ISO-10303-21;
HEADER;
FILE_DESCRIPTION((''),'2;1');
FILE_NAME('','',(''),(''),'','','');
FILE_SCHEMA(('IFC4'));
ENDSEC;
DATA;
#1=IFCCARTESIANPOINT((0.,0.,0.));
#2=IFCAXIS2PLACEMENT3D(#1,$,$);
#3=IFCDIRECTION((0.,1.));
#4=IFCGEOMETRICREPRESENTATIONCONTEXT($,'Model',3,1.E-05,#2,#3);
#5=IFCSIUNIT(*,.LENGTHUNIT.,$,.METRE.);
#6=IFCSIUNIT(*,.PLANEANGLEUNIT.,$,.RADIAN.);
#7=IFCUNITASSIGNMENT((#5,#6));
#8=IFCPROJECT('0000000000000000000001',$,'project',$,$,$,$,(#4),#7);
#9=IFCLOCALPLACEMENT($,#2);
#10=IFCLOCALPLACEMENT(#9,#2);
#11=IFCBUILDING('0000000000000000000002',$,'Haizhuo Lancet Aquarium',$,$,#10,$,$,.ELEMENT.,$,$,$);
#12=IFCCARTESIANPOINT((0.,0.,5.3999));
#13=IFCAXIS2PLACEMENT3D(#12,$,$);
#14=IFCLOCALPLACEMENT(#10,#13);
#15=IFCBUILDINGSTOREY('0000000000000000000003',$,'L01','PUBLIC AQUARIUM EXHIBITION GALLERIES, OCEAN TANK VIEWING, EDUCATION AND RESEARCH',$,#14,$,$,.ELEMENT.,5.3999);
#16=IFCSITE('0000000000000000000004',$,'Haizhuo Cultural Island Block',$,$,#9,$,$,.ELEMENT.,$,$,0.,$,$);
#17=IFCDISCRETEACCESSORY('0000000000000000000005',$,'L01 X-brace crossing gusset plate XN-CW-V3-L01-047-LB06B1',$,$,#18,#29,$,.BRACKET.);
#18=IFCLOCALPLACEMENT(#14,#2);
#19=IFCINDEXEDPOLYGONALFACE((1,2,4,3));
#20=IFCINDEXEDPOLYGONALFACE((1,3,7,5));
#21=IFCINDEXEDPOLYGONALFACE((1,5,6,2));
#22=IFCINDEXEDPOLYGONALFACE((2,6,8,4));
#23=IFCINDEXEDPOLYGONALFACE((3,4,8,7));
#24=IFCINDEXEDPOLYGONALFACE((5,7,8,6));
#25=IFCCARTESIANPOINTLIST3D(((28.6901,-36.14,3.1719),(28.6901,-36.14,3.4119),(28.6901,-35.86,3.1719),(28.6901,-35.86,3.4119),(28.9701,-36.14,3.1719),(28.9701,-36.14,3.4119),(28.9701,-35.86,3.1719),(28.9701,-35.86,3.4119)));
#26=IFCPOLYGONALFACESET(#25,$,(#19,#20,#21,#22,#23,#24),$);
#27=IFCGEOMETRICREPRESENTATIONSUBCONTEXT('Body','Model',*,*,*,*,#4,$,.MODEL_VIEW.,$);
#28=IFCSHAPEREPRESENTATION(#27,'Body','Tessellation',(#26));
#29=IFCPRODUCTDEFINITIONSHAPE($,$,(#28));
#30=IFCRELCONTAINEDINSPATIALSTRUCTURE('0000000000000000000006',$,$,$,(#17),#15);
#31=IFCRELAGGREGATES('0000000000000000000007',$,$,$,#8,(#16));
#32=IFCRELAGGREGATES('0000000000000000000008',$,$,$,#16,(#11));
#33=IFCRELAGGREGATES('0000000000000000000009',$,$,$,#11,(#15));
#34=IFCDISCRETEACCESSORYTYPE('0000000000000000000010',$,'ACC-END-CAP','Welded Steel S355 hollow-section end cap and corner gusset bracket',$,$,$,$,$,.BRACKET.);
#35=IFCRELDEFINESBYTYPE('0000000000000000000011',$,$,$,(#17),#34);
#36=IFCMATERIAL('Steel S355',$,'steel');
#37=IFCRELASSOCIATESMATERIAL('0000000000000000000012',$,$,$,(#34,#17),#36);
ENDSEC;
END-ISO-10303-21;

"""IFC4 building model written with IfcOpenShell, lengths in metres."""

from ifc_helpers import new_model, si_unit, direction, frame, origin, origin_2d, place, context, subcontext, project, spatial, rectangle, extrude, material, type_object, element, save


model = new_model("IFC4")

# Units and contexts
model_context = context("Model", 3, precision=1e-05, world=origin(), true_north=direction((0.0, 1.0)))
body_context = subcontext(model_context, "Body", "Model", "MODEL_VIEW")
ifc_project = project(units=[si_unit("LENGTHUNIT", "METRE"), si_unit("PLANEANGLEUNIT", "RADIAN")], contexts=[model_context])

# Site, building, storey
site_placement = place(None, origin())
site = spatial("IfcSite", under=ifc_project, at=site_placement, Name="Haizhuo Cultural Island Block", CompositionType="ELEMENT", RefElevation=0.0)
building_placement = place(site_placement, origin())
building = spatial("IfcBuilding", under=site, at=building_placement, Name="Haizhuo Lancet Aquarium", CompositionType="ELEMENT")
storey_placement = place(building_placement, frame((0.0, 0.0, 5.3999)))
storey = spatial("IfcBuildingStorey", under=building, at=storey_placement, Name="L01", Description="PUBLIC AQUARIUM EXHIBITION GALLERIES, OCEAN TANK VIEWING, EDUCATION AND RESEARCH", CompositionType="ELEMENT", Elevation=5.3999)

# Shared definitions
ifc_material_1 = material(Name="Steel S355", Category="steel")

# Discrete accessory
discrete_accessory_type = type_object("IfcDiscreteAccessoryType", Name="ACC-END-CAP", Description="Welded Steel S355 hollow-section end cap and corner gusset bracket", PredefinedType="BRACKET", material=ifc_material_1)
for number, where, z_axis, x_axis, name in (
    (1, (28.8301, -36.0, 3.1719), (0.0, 0.0, 1.0), (1.0, 0.0, 0.0), "L01 X-brace crossing gusset plate XN-CW-V3-L01-047-LB06B1"),
):
    element("IfcDiscreteAccessory", number, at=place(storey_placement, frame(where, z_axis=z_axis, x_axis=x_axis)), inside=storey, type_object=discrete_accessory_type, material=ifc_material_1, Name=name, PredefinedType="BRACKET", context=body_context, shape_type="SweptSolid", body=[
        extrude(rectangle(XDim=0.28, YDim=0.28, at=origin_2d()), origin(), (0.0, 0.0, 1.0), 0.24),
    ])

save(model, "model.ifc")
